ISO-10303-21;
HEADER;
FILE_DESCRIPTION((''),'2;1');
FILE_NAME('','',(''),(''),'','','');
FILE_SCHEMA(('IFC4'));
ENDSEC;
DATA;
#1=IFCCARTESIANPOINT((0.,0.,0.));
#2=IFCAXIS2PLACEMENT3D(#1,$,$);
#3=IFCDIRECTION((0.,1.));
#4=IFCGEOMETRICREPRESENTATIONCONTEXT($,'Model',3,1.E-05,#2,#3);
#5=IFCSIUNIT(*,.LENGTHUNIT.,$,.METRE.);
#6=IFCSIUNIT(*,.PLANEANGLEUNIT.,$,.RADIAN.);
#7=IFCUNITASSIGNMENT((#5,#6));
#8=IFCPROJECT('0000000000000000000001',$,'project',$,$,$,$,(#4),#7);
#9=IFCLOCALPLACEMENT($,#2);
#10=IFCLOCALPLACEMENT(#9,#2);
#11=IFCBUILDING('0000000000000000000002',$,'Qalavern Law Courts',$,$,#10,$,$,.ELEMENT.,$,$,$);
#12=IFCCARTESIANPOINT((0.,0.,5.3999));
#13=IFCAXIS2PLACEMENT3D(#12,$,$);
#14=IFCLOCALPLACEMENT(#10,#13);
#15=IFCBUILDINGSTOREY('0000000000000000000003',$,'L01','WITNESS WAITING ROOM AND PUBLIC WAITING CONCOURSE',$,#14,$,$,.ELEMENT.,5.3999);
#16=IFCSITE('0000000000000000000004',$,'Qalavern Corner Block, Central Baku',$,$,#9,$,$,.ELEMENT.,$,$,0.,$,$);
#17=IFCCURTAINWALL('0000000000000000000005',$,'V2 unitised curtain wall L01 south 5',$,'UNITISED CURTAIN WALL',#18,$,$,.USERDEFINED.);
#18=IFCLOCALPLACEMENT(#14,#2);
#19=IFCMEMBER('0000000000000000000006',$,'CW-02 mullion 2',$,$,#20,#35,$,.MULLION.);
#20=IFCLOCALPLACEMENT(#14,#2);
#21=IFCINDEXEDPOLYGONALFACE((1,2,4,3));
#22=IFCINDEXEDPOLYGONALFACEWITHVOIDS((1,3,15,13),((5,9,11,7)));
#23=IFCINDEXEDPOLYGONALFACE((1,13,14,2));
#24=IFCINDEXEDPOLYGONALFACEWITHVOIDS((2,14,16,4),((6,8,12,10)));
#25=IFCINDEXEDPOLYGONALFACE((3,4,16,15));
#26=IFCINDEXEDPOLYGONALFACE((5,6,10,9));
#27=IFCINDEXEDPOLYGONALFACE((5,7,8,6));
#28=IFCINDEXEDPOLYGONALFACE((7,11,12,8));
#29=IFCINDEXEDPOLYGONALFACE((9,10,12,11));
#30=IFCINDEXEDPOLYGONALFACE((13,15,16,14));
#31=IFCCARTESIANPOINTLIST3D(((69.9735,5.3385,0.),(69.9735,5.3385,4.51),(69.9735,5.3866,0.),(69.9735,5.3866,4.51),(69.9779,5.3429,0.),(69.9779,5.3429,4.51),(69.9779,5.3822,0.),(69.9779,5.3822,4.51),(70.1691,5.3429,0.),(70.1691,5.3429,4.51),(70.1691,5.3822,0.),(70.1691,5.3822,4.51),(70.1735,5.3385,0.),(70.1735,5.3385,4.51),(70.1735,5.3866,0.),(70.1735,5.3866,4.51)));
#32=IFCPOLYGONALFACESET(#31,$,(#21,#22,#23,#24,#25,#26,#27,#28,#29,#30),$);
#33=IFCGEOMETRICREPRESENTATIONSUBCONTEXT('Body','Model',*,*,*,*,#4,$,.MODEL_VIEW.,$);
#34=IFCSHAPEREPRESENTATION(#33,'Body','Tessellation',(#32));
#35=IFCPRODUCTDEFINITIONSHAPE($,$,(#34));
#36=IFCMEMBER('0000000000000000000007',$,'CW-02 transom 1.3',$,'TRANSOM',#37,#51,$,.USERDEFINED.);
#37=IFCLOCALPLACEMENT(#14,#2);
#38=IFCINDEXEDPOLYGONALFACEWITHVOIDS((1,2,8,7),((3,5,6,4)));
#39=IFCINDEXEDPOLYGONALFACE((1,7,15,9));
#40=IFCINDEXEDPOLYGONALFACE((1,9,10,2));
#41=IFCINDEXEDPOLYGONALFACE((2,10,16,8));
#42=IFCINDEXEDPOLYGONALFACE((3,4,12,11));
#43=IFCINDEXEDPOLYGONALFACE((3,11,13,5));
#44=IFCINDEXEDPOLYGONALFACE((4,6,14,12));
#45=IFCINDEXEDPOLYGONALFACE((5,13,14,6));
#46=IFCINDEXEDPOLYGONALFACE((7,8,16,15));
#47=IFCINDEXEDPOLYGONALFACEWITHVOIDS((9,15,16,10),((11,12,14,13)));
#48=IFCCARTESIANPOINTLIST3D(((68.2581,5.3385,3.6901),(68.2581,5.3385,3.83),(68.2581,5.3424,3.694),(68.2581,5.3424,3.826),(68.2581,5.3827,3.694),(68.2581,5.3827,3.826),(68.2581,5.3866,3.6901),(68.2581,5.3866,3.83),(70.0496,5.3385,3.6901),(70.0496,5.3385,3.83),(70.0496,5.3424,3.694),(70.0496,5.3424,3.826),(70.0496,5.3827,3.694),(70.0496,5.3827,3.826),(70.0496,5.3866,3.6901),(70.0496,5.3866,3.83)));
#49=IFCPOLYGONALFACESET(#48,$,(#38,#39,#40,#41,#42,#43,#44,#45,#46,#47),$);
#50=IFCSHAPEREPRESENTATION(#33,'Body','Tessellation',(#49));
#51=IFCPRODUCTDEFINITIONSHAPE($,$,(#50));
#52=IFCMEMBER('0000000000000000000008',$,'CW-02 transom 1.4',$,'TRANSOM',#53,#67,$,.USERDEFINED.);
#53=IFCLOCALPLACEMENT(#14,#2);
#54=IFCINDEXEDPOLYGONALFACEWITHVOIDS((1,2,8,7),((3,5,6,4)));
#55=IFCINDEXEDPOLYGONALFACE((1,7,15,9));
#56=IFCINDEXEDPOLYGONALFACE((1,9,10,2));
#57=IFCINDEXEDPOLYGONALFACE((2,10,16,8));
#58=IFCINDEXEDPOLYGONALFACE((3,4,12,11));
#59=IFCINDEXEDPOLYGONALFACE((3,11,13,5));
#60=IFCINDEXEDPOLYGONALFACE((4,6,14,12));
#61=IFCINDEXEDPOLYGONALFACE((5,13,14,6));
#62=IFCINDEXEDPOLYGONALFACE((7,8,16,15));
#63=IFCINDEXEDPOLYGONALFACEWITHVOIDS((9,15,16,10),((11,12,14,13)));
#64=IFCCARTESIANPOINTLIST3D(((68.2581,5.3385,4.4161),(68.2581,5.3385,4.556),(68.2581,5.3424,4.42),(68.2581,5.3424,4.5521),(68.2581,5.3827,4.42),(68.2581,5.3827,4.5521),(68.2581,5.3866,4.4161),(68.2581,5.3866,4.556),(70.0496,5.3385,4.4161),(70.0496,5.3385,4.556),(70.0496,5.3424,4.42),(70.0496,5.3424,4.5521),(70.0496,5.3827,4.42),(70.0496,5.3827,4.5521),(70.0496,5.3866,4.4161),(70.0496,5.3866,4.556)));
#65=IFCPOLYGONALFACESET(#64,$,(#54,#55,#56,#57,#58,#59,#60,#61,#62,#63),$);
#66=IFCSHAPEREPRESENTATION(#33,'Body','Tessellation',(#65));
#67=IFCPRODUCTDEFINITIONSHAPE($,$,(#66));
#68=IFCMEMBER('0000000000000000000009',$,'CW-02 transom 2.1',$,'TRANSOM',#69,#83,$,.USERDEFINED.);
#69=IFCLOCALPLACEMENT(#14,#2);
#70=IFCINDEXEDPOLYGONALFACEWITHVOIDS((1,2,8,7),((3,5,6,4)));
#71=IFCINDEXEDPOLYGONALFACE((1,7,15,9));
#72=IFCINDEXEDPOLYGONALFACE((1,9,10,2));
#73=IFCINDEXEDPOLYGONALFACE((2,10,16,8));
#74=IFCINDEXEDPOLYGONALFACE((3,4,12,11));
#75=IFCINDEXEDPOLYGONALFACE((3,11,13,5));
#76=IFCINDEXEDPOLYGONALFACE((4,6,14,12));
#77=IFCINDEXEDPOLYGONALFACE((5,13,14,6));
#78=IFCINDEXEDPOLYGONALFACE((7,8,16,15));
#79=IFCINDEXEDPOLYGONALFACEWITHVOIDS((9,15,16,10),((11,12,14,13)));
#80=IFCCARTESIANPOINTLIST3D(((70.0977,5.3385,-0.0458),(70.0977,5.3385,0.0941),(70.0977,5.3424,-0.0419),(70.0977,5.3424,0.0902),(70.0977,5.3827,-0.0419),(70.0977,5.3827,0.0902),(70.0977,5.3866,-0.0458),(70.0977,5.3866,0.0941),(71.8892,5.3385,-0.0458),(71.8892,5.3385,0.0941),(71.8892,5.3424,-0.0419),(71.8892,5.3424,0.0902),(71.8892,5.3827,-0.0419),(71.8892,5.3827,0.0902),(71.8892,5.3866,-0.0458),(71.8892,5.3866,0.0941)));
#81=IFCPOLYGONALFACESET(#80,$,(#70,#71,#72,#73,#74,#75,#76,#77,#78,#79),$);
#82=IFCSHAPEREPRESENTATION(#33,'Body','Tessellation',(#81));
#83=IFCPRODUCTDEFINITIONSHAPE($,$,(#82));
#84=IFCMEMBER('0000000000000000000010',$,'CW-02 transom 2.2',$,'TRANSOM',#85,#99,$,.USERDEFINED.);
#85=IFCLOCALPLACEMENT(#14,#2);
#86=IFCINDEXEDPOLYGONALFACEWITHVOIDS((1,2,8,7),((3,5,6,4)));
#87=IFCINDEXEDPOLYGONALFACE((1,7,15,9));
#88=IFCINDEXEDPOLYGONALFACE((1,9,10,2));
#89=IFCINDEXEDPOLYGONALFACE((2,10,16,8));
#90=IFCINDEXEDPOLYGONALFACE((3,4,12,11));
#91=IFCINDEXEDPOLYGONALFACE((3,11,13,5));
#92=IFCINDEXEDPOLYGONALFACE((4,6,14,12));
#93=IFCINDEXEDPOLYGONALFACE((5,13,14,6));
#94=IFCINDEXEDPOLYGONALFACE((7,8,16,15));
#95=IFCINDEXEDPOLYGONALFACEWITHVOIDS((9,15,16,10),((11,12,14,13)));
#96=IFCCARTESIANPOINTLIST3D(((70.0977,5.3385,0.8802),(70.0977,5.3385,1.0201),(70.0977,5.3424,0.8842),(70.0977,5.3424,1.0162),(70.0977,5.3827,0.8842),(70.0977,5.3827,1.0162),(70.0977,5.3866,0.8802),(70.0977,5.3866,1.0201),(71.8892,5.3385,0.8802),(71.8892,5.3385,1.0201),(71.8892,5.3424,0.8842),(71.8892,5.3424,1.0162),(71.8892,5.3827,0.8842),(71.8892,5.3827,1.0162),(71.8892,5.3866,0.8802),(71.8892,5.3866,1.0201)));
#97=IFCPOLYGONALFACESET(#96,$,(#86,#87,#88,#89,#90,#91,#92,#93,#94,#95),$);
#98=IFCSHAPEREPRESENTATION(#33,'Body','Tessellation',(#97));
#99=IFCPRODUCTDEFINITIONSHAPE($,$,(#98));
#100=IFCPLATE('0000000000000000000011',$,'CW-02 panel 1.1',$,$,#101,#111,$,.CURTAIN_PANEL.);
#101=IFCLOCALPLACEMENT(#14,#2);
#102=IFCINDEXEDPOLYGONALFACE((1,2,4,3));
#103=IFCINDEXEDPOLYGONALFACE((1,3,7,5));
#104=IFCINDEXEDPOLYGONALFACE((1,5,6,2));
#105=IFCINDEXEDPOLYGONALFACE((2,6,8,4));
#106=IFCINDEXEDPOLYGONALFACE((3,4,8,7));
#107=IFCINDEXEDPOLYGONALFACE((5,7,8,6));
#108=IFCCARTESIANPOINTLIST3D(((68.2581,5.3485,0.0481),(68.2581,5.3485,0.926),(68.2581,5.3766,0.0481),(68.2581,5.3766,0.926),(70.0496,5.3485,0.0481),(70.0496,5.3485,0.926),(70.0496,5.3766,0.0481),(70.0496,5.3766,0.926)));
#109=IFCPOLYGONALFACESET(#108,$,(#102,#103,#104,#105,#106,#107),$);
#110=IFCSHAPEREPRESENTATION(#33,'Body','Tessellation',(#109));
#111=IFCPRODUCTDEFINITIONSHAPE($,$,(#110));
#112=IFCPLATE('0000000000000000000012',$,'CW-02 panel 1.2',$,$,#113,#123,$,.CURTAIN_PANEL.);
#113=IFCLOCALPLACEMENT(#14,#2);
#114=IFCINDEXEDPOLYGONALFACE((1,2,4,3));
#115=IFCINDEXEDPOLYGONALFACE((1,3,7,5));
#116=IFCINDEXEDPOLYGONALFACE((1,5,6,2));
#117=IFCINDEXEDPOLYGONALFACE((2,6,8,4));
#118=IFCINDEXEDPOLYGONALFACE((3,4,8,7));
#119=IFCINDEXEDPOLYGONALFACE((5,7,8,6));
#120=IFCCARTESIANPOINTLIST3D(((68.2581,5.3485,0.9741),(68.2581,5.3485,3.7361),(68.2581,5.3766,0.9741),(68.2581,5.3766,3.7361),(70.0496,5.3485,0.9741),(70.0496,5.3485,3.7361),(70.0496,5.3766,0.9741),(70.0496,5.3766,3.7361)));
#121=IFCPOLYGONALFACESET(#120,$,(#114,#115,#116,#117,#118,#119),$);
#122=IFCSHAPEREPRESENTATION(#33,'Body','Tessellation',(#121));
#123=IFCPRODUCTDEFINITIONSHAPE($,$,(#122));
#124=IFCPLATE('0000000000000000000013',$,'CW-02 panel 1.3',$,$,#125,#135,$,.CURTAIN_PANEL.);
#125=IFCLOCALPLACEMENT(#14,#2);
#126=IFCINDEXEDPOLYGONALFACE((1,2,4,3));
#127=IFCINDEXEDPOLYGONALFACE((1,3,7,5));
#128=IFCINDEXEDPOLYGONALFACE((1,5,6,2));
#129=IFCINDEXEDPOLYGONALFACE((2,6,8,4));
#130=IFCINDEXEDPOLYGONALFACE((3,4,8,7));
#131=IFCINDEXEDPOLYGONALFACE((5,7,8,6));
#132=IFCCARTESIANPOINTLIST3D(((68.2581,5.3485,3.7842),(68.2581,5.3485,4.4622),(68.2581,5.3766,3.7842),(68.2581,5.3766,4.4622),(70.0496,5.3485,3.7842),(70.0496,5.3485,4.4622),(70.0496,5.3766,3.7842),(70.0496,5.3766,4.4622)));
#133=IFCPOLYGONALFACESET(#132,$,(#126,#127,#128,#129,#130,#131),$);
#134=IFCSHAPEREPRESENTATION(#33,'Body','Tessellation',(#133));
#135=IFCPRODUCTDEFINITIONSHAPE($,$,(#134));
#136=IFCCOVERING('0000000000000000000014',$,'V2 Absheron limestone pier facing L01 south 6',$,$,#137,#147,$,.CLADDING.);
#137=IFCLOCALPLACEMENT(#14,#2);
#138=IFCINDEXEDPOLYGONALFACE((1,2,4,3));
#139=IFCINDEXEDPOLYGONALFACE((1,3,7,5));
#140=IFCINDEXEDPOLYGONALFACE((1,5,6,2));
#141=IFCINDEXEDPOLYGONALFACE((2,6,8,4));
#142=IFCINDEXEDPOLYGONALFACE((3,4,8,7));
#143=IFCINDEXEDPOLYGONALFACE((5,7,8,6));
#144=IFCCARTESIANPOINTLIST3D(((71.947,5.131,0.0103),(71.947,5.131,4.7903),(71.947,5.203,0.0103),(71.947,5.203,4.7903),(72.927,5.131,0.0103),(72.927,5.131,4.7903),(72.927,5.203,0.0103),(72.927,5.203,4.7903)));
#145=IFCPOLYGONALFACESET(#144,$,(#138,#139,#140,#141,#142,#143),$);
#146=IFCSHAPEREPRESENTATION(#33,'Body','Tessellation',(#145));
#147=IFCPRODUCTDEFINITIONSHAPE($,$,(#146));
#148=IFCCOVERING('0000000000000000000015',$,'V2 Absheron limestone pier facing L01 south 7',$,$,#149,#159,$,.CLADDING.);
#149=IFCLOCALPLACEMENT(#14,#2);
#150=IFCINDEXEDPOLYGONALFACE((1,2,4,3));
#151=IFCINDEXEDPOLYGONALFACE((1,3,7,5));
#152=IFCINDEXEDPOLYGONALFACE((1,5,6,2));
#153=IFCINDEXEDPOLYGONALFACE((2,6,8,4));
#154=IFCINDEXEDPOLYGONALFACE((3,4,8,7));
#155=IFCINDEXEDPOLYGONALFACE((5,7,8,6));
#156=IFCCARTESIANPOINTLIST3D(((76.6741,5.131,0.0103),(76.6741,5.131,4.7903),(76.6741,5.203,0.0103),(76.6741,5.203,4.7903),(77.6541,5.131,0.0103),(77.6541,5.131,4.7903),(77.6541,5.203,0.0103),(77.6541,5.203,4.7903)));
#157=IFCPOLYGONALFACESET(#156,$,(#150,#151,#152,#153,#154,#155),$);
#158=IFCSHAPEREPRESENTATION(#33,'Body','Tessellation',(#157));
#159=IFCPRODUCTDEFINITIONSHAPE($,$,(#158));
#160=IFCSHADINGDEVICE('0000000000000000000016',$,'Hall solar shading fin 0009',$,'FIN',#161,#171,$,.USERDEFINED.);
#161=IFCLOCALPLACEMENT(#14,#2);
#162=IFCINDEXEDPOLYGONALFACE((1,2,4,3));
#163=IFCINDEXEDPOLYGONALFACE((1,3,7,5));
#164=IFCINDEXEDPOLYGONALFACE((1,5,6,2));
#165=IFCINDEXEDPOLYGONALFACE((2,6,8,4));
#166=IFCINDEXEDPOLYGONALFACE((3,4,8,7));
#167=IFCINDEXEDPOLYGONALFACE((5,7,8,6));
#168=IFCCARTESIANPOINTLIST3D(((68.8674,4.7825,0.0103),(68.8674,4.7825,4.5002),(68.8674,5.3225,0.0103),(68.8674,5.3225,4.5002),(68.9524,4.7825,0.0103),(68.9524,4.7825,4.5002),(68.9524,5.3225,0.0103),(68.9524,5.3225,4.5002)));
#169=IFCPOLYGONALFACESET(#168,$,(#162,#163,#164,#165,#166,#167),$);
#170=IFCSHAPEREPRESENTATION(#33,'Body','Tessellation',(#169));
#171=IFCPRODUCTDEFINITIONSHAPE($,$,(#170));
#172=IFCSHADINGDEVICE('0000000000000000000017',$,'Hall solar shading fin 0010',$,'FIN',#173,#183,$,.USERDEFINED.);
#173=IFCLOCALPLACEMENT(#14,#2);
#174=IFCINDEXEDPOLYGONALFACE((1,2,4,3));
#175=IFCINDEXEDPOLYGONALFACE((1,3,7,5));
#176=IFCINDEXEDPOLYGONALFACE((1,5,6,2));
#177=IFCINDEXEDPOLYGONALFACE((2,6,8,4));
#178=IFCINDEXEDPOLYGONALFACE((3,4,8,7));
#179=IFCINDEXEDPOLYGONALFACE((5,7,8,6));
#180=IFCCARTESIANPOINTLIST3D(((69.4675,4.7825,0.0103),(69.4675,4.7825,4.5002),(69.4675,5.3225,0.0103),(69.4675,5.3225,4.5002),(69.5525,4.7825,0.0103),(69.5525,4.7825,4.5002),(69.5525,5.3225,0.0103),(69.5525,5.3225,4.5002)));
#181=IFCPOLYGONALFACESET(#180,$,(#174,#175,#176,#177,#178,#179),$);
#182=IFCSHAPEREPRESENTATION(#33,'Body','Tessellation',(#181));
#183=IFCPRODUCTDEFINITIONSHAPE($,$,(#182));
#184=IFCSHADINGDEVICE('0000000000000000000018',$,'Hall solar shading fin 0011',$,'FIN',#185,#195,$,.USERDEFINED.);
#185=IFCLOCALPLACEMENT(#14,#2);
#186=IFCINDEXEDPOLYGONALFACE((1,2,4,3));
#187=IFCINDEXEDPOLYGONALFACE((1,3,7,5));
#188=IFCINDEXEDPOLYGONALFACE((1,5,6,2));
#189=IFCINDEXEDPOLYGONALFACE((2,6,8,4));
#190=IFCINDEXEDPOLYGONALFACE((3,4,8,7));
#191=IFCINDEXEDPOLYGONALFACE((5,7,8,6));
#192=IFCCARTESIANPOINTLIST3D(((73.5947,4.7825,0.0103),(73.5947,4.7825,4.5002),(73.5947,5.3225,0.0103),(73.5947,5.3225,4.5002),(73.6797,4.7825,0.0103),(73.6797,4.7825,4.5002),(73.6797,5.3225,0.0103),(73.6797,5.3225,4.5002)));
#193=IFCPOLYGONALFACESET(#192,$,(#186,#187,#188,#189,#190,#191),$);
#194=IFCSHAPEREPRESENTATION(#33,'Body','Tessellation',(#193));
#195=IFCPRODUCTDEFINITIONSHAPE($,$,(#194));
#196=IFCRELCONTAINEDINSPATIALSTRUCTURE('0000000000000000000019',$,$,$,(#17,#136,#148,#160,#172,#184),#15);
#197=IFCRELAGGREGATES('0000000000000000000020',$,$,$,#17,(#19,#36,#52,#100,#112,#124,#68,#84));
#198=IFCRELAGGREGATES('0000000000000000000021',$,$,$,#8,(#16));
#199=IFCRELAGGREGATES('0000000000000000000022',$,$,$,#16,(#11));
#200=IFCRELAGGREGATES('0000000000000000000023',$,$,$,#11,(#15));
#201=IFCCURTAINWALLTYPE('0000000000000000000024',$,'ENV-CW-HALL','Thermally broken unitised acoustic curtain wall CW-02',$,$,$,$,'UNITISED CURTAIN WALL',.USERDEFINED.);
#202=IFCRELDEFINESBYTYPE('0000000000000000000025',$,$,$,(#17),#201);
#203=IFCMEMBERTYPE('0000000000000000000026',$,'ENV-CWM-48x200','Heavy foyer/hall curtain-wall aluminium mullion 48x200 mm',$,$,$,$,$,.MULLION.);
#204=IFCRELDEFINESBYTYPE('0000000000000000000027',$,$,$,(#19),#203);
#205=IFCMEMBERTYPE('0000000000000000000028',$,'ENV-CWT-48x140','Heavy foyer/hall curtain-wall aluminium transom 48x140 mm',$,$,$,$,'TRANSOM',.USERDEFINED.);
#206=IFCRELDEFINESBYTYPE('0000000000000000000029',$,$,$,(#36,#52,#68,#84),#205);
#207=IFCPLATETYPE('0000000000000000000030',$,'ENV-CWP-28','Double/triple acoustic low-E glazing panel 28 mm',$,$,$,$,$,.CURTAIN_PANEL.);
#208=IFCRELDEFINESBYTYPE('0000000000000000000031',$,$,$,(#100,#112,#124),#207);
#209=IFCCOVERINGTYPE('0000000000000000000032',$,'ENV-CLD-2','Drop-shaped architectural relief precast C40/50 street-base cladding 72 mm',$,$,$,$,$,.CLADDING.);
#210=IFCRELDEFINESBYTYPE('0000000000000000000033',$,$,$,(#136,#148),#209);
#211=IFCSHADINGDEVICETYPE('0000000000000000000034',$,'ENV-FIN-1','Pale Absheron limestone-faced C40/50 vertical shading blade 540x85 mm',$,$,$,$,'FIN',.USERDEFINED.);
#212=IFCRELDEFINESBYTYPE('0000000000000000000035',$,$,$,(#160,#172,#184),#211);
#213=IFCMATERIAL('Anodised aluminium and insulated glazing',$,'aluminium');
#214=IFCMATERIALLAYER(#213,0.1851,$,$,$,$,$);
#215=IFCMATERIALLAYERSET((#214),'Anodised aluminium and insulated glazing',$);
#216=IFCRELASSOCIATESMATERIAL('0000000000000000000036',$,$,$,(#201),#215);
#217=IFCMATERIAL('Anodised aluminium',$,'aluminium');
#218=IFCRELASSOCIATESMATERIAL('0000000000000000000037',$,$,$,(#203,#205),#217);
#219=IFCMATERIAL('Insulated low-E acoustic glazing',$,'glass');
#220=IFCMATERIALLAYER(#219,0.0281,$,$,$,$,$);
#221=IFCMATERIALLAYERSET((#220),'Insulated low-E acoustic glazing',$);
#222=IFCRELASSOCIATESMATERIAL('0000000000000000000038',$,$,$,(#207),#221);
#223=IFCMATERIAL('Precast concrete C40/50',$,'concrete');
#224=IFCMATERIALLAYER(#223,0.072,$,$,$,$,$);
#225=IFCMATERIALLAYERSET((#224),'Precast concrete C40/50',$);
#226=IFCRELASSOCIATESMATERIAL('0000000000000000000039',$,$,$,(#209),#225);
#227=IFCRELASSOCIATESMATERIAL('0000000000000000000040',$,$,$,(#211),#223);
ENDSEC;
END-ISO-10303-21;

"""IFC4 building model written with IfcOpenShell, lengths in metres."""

from ifc_helpers import new_model, si_unit, direction, frame, origin, origin_2d, place, context, subcontext, project, spatial, rectangle, hollow_rectangle, extrude, material, layer, layer_set, material_profile, profile_set, type_object, element, aggregate, save


model = new_model("IFC4")

# Units and contexts
model_context = context("Model", 3, precision=1e-05, world=origin(), true_north=direction((0.0, 1.0)))
body_context = subcontext(model_context, "Body", "Model", "MODEL_VIEW")
ifc_project = project(units=[si_unit("LENGTHUNIT", "METRE"), si_unit("PLANEANGLEUNIT", "RADIAN")], contexts=[model_context])

# Site, building, storey
site_placement = place(None, origin())
site = spatial("IfcSite", under=ifc_project, at=site_placement, Name="Qalavern Corner Block, Central Baku", CompositionType="ELEMENT", RefElevation=0.0)
building_placement = place(site_placement, origin())
building = spatial("IfcBuilding", under=site, at=building_placement, Name="Qalavern Law Courts", CompositionType="ELEMENT")
storey_placement = place(building_placement, frame((0.0, 0.0, 5.3999)))
storey = spatial("IfcBuildingStorey", under=building, at=storey_placement, Name="L01", Description="WITNESS WAITING ROOM AND PUBLIC WAITING CONCOURSE", CompositionType="ELEMENT", Elevation=5.3999)

# Curtain wall, members, plates
ifc_material_1 = material(Name="Anodised aluminium and insulated glazing", Category="aluminium")
ifc_layer_1 = layer(ifc_material_1, 0.1851)
ifc_layer_set_1 = layer_set([ifc_layer_1], Name="Anodised aluminium and insulated glazing")
curtain_wall_type = type_object("IfcCurtainWallType", Name="ENV-CW-HALL", Description="Thermally broken unitised acoustic curtain wall CW-02", ElementType="UNITISED CURTAIN WALL", PredefinedType="USERDEFINED", material=ifc_layer_set_1)
curtain_wall_placement = place(storey_placement, origin())
curtain_wall = element("IfcCurtainWall", 1, at=curtain_wall_placement, inside=storey, type_object=curtain_wall_type, Name="V2 unitised curtain wall L01 south 5", ObjectType="UNITISED CURTAIN WALL", PredefinedType="USERDEFINED")
ifc_material_2 = material(Name="Anodised aluminium", Category="aluminium")
ifc_material_profile_1 = material_profile(ifc_material_2, hollow_rectangle(XDim=0.0481, YDim=0.2, WallThickness=0.0044, at=origin_2d()), Name="ALU MULLION 48x200")
ifc_profile_set_1 = profile_set([ifc_material_profile_1], Name="Anodised aluminium")
member_type_1 = type_object("IfcMemberType", Name="ENV-CWM-48x200", Description="Heavy foyer/hall curtain-wall aluminium mullion 48x200 mm", PredefinedType="MULLION", material=ifc_profile_set_1)
member_1_placement = place(storey_placement, frame((70.0735, 5.3625, 0.0), z_axis=(0.0, 0.0, 1.0), x_axis=(0.0, 1.0, 0.0)))
member_1 = element("IfcMember", 2, at=member_1_placement, type_object=member_type_1, Name="CW-02 mullion 2", PredefinedType="MULLION", context=body_context, shape_type="SweptSolid", body=[
    extrude(hollow_rectangle(XDim=0.0481, YDim=0.2, WallThickness=0.0044, at=origin_2d()), origin(), (0.0, 0.0, 1.0), 4.51),
])
ifc_material_profile_2 = material_profile(ifc_material_2, hollow_rectangle(XDim=0.0481, YDim=0.1399, WallThickness=0.0039, at=origin_2d()), Name="ALU TRANSOM 48x140")
ifc_profile_set_2 = profile_set([ifc_material_profile_2], Name="Anodised aluminium")
member_type_2 = type_object("IfcMemberType", Name="ENV-CWT-48x140", Description="Heavy foyer/hall curtain-wall aluminium transom 48x140 mm", ElementType="TRANSOM", PredefinedType="USERDEFINED", material=ifc_profile_set_2)
member_2_placement = place(storey_placement, frame((68.2581, 5.3625, 3.76), z_axis=(1.0, 0.0, 0.0), x_axis=(0.0, 1.0, 0.0)))
member_2 = element("IfcMember", 3, at=member_2_placement, type_object=member_type_2, Name="CW-02 transom 1.3", ObjectType="TRANSOM", PredefinedType="USERDEFINED", context=body_context, shape_type="SweptSolid", body=[
    extrude(hollow_rectangle(XDim=0.0481, YDim=0.1399, WallThickness=0.0039, at=origin_2d()), origin(), (0.0, 0.0, 1.0), 1.7915),
])
member_3_placement = place(storey_placement, frame((68.2581, 5.3625, 4.4861), z_axis=(1.0, 0.0, 0.0), x_axis=(0.0, 1.0, 0.0)))
member_3 = element("IfcMember", 4, at=member_3_placement, type_object=member_type_2, Name="CW-02 transom 1.4", ObjectType="TRANSOM", PredefinedType="USERDEFINED", context=body_context, shape_type="SweptSolid", body=[
    extrude(hollow_rectangle(XDim=0.0481, YDim=0.1399, WallThickness=0.0039, at=origin_2d()), origin(), (0.0, 0.0, 1.0), 1.7915),
])
member_4_placement = place(storey_placement, frame((70.0977, 5.3625, 0.0242), z_axis=(1.0, 0.0, 0.0), x_axis=(0.0, 1.0, 0.0)))
member_4 = element("IfcMember", 5, at=member_4_placement, type_object=member_type_2, Name="CW-02 transom 2.1", ObjectType="TRANSOM", PredefinedType="USERDEFINED", context=body_context, shape_type="SweptSolid", body=[
    extrude(hollow_rectangle(XDim=0.0481, YDim=0.1399, WallThickness=0.0039, at=origin_2d()), origin(), (0.0, 0.0, 1.0), 1.7915),
])
member_5_placement = place(storey_placement, frame((70.0977, 5.3625, 0.9502), z_axis=(1.0, 0.0, 0.0), x_axis=(0.0, 1.0, 0.0)))
member_5 = element("IfcMember", 6, at=member_5_placement, type_object=member_type_2, Name="CW-02 transom 2.2", ObjectType="TRANSOM", PredefinedType="USERDEFINED", context=body_context, shape_type="SweptSolid", body=[
    extrude(hollow_rectangle(XDim=0.0481, YDim=0.1399, WallThickness=0.0039, at=origin_2d()), origin(), (0.0, 0.0, 1.0), 1.7915),
])
ifc_material_3 = material(Name="Insulated low-E acoustic glazing", Category="glass")
ifc_layer_2 = layer(ifc_material_3, 0.0281)
ifc_layer_set_2 = layer_set([ifc_layer_2], Name="Insulated low-E acoustic glazing")
plate_type = type_object("IfcPlateType", Name="ENV-CWP-28", Description="Double/triple acoustic low-E glazing panel 28 mm", PredefinedType="CURTAIN_PANEL", material=ifc_layer_set_2)
plate_1_placement = place(storey_placement, frame((69.1538, 5.3625, 0.0481), z_axis=(0.0, 0.0, 1.0), x_axis=(1.0, 0.0, 0.0)))
plate_1 = element("IfcPlate", 7, at=plate_1_placement, type_object=plate_type, Name="CW-02 panel 1.1", PredefinedType="CURTAIN_PANEL", context=body_context, shape_type="SweptSolid", body=[
    extrude(rectangle(XDim=1.7915, YDim=0.0281, at=origin_2d()), origin(), (0.0, 0.0, 1.0), 0.8779),
])
plate_2_placement = place(storey_placement, frame((69.1538, 5.3625, 0.9741), z_axis=(0.0, 0.0, 1.0), x_axis=(1.0, 0.0, 0.0)))
plate_2 = element("IfcPlate", 8, at=plate_2_placement, type_object=plate_type, Name="CW-02 panel 1.2", PredefinedType="CURTAIN_PANEL", context=body_context, shape_type="SweptSolid", body=[
    extrude(rectangle(XDim=1.7915, YDim=0.0281, at=origin_2d()), origin(), (0.0, 0.0, 1.0), 2.762),
])
plate_3_placement = place(storey_placement, frame((69.1538, 5.3625, 3.7842), z_axis=(0.0, 0.0, 1.0), x_axis=(1.0, 0.0, 0.0)))
plate_3 = element("IfcPlate", 9, at=plate_3_placement, type_object=plate_type, Name="CW-02 panel 1.3", PredefinedType="CURTAIN_PANEL", context=body_context, shape_type="SweptSolid", body=[
    extrude(rectangle(XDim=1.7915, YDim=0.0281, at=origin_2d()), origin(), (0.0, 0.0, 1.0), 0.678),
])
aggregate(curtain_wall, [member_1, member_2, member_3, plate_1, plate_2, plate_3, member_4, member_5])

# Coverings
ifc_material_4 = material(Name="Precast concrete C40/50", Category="concrete")
ifc_layer_3 = layer(ifc_material_4, 0.072)
ifc_layer_set_3 = layer_set([ifc_layer_3], Name="Precast concrete C40/50")
covering_type = type_object("IfcCoveringType", Name="ENV-CLD-2", Description="Drop-shaped architectural relief precast C40/50 street-base cladding 72 mm", PredefinedType="CLADDING", material=ifc_layer_set_3)
for number, where, z_axis, x_axis, name in (
    (10, (72.437, 5.167, 0.0103), (0.0, 0.0, 1.0), (1.0, 0.0, 0.0), "V2 Absheron limestone pier facing L01 south 6"),
    (11, (77.1641, 5.167, 0.0103), (0.0, 0.0, 1.0), (1.0, 0.0, 0.0), "V2 Absheron limestone pier facing L01 south 7"),
):
    element("IfcCovering", number, at=place(storey_placement, frame(where, z_axis=z_axis, x_axis=x_axis)), inside=storey, type_object=covering_type, Name=name, PredefinedType="CLADDING", context=body_context, shape_type="SweptSolid", body=[
        extrude(rectangle(XDim=0.98, YDim=0.072, at=origin_2d()), origin(), (0.0, 0.0, 1.0), 4.78),
    ])

# Shading devices
shading_device_type_1 = type_object("IfcShadingDeviceType", Name="ENV-FIN-1", Description="Pale Absheron limestone-faced C40/50 vertical shading blade 540x85 mm", ElementType="FIN", PredefinedType="USERDEFINED", material=ifc_material_4)
for number, where, z_axis, x_axis, name in (
    (12, (68.9099, 5.0525, 0.0103), (0.0, 0.0, 1.0), (0.0, -1.0, 0.0), "Hall solar shading fin 0009"),
    (13, (69.51, 5.0525, 0.0103), (0.0, 0.0, 1.0), (0.0, -1.0, 0.0), "Hall solar shading fin 0010"),
    (14, (73.6372, 5.0525, 0.0103), (0.0, 0.0, 1.0), (0.0, -1.0, 0.0), "Hall solar shading fin 0011"),
):
    element("IfcShadingDevice", number, at=place(storey_placement, frame(where, z_axis=z_axis, x_axis=x_axis)), inside=storey, type_object=shading_device_type_1, Name=name, ObjectType="FIN", PredefinedType="USERDEFINED", context=body_context, shape_type="SweptSolid", body=[
        extrude(rectangle(XDim=0.54, YDim=0.085, at=origin_2d()), origin(), (0.0, 0.0, 1.0), 4.49),
    ])

save(model, "model.ifc")
